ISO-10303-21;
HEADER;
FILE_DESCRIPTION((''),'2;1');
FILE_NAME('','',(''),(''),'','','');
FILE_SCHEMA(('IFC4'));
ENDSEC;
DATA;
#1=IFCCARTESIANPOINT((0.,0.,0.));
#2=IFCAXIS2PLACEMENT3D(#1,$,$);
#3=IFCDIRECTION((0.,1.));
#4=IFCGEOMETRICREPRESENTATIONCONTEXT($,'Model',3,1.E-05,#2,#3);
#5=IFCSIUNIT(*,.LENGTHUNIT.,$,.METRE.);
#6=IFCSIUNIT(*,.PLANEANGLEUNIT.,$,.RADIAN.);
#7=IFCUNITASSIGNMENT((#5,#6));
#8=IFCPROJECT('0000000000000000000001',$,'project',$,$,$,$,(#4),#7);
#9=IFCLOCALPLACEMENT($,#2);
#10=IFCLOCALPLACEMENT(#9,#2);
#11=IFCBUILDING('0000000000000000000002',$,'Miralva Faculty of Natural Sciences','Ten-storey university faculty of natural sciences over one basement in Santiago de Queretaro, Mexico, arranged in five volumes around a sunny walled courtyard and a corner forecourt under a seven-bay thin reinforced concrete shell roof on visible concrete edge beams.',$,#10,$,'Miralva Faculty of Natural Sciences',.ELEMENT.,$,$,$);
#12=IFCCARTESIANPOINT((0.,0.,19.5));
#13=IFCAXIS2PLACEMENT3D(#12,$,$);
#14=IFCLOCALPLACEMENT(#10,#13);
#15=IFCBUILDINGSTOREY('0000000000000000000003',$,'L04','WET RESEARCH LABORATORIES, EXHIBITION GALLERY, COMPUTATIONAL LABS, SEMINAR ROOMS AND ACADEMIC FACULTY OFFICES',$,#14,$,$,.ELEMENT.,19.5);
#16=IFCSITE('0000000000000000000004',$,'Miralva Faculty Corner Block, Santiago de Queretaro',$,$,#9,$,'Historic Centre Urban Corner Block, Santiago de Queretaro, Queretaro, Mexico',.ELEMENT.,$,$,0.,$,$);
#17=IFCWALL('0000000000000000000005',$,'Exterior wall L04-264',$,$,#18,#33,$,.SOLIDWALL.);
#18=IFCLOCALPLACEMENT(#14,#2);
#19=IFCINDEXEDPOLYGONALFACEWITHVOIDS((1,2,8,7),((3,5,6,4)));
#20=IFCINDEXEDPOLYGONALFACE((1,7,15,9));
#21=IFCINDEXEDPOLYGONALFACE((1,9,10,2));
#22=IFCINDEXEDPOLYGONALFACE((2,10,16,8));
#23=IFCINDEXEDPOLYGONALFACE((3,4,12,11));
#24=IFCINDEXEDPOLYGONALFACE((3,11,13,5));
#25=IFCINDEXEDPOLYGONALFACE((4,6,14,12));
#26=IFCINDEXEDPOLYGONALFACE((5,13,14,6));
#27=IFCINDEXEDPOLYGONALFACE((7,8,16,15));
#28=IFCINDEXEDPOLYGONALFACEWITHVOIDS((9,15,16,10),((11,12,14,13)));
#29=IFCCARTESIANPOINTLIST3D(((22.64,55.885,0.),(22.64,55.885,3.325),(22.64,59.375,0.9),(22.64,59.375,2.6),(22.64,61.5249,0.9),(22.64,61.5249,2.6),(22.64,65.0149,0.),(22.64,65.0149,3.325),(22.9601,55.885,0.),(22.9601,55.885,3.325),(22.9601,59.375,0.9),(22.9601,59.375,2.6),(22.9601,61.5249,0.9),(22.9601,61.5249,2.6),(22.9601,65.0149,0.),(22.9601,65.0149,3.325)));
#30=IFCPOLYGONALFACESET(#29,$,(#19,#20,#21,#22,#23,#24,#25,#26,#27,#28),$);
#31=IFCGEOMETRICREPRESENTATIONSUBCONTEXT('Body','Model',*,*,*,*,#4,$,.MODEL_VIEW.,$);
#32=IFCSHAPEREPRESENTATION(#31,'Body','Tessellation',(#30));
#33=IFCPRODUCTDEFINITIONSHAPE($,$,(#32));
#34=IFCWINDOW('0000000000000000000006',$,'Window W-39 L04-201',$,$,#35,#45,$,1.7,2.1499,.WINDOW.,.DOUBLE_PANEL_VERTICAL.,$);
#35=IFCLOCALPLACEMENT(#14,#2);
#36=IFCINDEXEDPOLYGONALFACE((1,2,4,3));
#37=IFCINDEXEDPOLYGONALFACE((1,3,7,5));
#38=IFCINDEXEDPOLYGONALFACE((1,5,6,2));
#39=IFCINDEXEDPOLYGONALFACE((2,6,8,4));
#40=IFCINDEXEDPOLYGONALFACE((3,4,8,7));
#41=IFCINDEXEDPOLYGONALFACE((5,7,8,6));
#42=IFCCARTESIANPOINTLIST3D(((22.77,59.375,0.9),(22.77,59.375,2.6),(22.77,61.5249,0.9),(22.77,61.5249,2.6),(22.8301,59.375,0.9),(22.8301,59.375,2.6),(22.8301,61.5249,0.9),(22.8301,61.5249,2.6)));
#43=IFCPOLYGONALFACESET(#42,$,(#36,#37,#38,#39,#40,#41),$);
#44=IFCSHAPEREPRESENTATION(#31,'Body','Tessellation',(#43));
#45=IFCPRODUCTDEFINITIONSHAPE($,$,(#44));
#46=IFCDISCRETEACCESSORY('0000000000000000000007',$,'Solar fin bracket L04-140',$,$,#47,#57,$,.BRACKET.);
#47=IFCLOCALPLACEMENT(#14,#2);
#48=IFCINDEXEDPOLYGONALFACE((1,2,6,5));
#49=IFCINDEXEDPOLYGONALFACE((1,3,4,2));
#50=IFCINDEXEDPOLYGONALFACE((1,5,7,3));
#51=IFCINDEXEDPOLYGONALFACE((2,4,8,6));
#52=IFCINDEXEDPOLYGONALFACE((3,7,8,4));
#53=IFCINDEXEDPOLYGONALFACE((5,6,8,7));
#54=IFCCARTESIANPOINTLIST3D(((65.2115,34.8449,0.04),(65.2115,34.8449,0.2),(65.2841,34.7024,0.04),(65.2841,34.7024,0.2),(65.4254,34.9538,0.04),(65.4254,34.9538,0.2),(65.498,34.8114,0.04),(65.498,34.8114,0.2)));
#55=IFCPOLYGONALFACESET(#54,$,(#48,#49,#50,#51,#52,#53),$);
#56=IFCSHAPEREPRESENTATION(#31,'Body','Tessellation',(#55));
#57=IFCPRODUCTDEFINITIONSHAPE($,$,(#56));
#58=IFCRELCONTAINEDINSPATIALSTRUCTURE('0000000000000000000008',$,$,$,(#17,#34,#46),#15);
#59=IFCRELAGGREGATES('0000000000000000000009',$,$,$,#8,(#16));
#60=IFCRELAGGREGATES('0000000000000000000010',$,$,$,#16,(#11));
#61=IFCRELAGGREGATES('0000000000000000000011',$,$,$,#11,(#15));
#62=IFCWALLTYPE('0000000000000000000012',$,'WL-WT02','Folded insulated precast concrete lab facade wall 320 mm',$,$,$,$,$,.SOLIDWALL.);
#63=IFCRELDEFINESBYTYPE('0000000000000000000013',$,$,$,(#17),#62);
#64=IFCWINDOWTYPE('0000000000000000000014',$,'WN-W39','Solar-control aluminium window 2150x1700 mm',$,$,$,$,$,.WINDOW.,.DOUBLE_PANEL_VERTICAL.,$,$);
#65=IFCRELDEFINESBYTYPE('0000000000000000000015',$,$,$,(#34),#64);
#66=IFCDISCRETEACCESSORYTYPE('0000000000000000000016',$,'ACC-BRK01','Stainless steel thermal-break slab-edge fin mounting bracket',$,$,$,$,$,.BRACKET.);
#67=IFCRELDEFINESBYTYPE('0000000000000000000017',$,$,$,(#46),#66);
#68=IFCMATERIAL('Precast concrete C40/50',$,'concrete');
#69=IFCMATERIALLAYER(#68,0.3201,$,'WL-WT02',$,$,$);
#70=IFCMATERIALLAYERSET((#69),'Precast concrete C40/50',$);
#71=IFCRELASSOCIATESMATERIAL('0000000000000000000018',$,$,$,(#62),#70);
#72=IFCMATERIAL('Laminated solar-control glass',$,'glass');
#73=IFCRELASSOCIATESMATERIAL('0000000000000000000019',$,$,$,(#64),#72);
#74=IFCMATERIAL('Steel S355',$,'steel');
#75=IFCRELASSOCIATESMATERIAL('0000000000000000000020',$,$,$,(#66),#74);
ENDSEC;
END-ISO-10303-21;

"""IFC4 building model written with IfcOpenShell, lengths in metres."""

from ifc_helpers import new_model, si_unit, direction, frame, frame_2d, origin, origin_2d, place, context, subcontext, project, spatial, rectangle, extrude, material, layer, layer_set, type_object, element, fill, save


model = new_model("IFC4")

# Units and contexts
model_context = context("Model", 3, precision=1e-05, world=origin(), true_north=direction((0.0, 1.0)))
body_context = subcontext(model_context, "Body", "Model", "MODEL_VIEW")
ifc_project = project(units=[si_unit("LENGTHUNIT", "METRE"), si_unit("PLANEANGLEUNIT", "RADIAN")], contexts=[model_context])

# Site, building, storey
site_placement = place(None, origin())
site = spatial("IfcSite", under=ifc_project, at=site_placement, Name="Miralva Faculty Corner Block, Santiago de Queretaro", LongName="Historic Centre Urban Corner Block, Santiago de Queretaro, Queretaro, Mexico", CompositionType="ELEMENT", RefElevation=0.0)
building_placement = place(site_placement, origin())
building = spatial("IfcBuilding", under=site, at=building_placement, Name="Miralva Faculty of Natural Sciences", Description="Ten-storey university faculty of natural sciences over one basement in Santiago de Queretaro, Mexico, arranged in five volumes around a sunny walled courtyard and a corner forecourt under a seven-bay thin reinforced concrete shell roof on visible concrete edge beams.", LongName="Miralva Faculty of Natural Sciences", CompositionType="ELEMENT")
storey_placement = place(building_placement, frame((0.0, 0.0, 19.5)))
storey = spatial("IfcBuildingStorey", under=building, at=storey_placement, Name="L04", Description="WET RESEARCH LABORATORIES, EXHIBITION GALLERY, COMPUTATIONAL LABS, SEMINAR ROOMS AND ACADEMIC FACULTY OFFICES", CompositionType="ELEMENT", Elevation=19.5)

# Shared definitions
ifc_material_1 = material(Name="Laminated solar-control glass", Category="glass")

# Wall, opening, window
ifc_material_2 = material(Name="Precast concrete C40/50", Category="concrete")
ifc_layer_1 = layer(ifc_material_2, 0.3201, Name="WL-WT02")
ifc_layer_set_1 = layer_set([ifc_layer_1], Name="Precast concrete C40/50")
wall_type = type_object("IfcWallType", Name="WL-WT02", Description="Folded insulated precast concrete lab facade wall 320 mm", PredefinedType="SOLIDWALL", material=ifc_layer_set_1)
wall_placement = place(storey_placement, frame((22.8, 55.885, 0.0), z_axis=(0.0, 0.0, 1.0), x_axis=(0.0, 1.0, 0.0)))
wall = element("IfcWall", 1, at=wall_placement, inside=storey, type_object=wall_type, Name="Exterior wall L04-264", PredefinedType="SOLIDWALL", context=body_context, shape_type="SweptSolid", body=[
    extrude(rectangle(XDim=9.1299, YDim=0.3201, at=frame_2d((4.5649, 0.0))), origin(), (0.0, 0.0, 1.0), 3.325),
])
opening_placement = place(wall_placement, frame((3.49, 0.0, 0.8999)))
opening = element("IfcOpeningElement", 2, at=opening_placement, cuts=wall, PredefinedType="OPENING", context=body_context, shape_type="SweptSolid", body=[
    extrude(rectangle(XDim=2.1499, YDim=1.7, at=frame_2d((1.075, 0.8501))), frame((0.0, 0.1699, 0.0), z_axis=(0.0, -1.0, 0.0), x_axis=(1.0, 0.0, 0.0)), (0.0, 0.0, 1.0), 0.3401),
])
window_type = type_object("IfcWindowType", Name="WN-W39", Description="Solar-control aluminium window 2150x1700 mm", PartitioningType="DOUBLE_PANEL_VERTICAL", PredefinedType="WINDOW", material=ifc_material_1)
window_placement = place(opening_placement, frame((2.1499, 0.0, 0.0), z_axis=(0.0, 0.0, 1.0), x_axis=(-1.0, 0.0, 0.0)))
window = element("IfcWindow", 3, at=window_placement, inside=storey, type_object=window_type, Name="Window W-39 L04-201", OverallHeight=1.7, OverallWidth=2.1499, PartitioningType="DOUBLE_PANEL_VERTICAL", PredefinedType="WINDOW", context=body_context, shape_type="SweptSolid", body=[
    extrude(rectangle(XDim=2.1499, YDim=1.7, at=frame_2d((1.075, 0.8501))), frame((0.0, 0.03, 0.0), z_axis=(0.0, -1.0, 0.0), x_axis=(1.0, 0.0, 0.0)), (0.0, 0.0, 1.0), 0.0601),
])
fill(opening, window)

# Discrete accessory
ifc_material_3 = material(Name="Steel S355", Category="steel")
discrete_accessory_type = type_object("IfcDiscreteAccessoryType", Name="ACC-BRK01", Description="Stainless steel thermal-break slab-edge fin mounting bracket", PredefinedType="BRACKET", material=ifc_material_3)
discrete_accessory_placement = place(storey_placement, frame((65.3547, 34.8281, 0.04), z_axis=(0.0, 0.0, 1.0), x_axis=(-0.45399, 0.891007, 0.0)))
element("IfcDiscreteAccessory", 4, at=discrete_accessory_placement, inside=storey, type_object=discrete_accessory_type, Name="Solar fin bracket L04-140", PredefinedType="BRACKET", context=body_context, shape_type="SweptSolid", body=[
    extrude(rectangle(XDim=0.1599, YDim=0.24, at=origin_2d()), origin(), (0.0, 0.0, 1.0), 0.1599),
])

save(model, "model.ifc")
